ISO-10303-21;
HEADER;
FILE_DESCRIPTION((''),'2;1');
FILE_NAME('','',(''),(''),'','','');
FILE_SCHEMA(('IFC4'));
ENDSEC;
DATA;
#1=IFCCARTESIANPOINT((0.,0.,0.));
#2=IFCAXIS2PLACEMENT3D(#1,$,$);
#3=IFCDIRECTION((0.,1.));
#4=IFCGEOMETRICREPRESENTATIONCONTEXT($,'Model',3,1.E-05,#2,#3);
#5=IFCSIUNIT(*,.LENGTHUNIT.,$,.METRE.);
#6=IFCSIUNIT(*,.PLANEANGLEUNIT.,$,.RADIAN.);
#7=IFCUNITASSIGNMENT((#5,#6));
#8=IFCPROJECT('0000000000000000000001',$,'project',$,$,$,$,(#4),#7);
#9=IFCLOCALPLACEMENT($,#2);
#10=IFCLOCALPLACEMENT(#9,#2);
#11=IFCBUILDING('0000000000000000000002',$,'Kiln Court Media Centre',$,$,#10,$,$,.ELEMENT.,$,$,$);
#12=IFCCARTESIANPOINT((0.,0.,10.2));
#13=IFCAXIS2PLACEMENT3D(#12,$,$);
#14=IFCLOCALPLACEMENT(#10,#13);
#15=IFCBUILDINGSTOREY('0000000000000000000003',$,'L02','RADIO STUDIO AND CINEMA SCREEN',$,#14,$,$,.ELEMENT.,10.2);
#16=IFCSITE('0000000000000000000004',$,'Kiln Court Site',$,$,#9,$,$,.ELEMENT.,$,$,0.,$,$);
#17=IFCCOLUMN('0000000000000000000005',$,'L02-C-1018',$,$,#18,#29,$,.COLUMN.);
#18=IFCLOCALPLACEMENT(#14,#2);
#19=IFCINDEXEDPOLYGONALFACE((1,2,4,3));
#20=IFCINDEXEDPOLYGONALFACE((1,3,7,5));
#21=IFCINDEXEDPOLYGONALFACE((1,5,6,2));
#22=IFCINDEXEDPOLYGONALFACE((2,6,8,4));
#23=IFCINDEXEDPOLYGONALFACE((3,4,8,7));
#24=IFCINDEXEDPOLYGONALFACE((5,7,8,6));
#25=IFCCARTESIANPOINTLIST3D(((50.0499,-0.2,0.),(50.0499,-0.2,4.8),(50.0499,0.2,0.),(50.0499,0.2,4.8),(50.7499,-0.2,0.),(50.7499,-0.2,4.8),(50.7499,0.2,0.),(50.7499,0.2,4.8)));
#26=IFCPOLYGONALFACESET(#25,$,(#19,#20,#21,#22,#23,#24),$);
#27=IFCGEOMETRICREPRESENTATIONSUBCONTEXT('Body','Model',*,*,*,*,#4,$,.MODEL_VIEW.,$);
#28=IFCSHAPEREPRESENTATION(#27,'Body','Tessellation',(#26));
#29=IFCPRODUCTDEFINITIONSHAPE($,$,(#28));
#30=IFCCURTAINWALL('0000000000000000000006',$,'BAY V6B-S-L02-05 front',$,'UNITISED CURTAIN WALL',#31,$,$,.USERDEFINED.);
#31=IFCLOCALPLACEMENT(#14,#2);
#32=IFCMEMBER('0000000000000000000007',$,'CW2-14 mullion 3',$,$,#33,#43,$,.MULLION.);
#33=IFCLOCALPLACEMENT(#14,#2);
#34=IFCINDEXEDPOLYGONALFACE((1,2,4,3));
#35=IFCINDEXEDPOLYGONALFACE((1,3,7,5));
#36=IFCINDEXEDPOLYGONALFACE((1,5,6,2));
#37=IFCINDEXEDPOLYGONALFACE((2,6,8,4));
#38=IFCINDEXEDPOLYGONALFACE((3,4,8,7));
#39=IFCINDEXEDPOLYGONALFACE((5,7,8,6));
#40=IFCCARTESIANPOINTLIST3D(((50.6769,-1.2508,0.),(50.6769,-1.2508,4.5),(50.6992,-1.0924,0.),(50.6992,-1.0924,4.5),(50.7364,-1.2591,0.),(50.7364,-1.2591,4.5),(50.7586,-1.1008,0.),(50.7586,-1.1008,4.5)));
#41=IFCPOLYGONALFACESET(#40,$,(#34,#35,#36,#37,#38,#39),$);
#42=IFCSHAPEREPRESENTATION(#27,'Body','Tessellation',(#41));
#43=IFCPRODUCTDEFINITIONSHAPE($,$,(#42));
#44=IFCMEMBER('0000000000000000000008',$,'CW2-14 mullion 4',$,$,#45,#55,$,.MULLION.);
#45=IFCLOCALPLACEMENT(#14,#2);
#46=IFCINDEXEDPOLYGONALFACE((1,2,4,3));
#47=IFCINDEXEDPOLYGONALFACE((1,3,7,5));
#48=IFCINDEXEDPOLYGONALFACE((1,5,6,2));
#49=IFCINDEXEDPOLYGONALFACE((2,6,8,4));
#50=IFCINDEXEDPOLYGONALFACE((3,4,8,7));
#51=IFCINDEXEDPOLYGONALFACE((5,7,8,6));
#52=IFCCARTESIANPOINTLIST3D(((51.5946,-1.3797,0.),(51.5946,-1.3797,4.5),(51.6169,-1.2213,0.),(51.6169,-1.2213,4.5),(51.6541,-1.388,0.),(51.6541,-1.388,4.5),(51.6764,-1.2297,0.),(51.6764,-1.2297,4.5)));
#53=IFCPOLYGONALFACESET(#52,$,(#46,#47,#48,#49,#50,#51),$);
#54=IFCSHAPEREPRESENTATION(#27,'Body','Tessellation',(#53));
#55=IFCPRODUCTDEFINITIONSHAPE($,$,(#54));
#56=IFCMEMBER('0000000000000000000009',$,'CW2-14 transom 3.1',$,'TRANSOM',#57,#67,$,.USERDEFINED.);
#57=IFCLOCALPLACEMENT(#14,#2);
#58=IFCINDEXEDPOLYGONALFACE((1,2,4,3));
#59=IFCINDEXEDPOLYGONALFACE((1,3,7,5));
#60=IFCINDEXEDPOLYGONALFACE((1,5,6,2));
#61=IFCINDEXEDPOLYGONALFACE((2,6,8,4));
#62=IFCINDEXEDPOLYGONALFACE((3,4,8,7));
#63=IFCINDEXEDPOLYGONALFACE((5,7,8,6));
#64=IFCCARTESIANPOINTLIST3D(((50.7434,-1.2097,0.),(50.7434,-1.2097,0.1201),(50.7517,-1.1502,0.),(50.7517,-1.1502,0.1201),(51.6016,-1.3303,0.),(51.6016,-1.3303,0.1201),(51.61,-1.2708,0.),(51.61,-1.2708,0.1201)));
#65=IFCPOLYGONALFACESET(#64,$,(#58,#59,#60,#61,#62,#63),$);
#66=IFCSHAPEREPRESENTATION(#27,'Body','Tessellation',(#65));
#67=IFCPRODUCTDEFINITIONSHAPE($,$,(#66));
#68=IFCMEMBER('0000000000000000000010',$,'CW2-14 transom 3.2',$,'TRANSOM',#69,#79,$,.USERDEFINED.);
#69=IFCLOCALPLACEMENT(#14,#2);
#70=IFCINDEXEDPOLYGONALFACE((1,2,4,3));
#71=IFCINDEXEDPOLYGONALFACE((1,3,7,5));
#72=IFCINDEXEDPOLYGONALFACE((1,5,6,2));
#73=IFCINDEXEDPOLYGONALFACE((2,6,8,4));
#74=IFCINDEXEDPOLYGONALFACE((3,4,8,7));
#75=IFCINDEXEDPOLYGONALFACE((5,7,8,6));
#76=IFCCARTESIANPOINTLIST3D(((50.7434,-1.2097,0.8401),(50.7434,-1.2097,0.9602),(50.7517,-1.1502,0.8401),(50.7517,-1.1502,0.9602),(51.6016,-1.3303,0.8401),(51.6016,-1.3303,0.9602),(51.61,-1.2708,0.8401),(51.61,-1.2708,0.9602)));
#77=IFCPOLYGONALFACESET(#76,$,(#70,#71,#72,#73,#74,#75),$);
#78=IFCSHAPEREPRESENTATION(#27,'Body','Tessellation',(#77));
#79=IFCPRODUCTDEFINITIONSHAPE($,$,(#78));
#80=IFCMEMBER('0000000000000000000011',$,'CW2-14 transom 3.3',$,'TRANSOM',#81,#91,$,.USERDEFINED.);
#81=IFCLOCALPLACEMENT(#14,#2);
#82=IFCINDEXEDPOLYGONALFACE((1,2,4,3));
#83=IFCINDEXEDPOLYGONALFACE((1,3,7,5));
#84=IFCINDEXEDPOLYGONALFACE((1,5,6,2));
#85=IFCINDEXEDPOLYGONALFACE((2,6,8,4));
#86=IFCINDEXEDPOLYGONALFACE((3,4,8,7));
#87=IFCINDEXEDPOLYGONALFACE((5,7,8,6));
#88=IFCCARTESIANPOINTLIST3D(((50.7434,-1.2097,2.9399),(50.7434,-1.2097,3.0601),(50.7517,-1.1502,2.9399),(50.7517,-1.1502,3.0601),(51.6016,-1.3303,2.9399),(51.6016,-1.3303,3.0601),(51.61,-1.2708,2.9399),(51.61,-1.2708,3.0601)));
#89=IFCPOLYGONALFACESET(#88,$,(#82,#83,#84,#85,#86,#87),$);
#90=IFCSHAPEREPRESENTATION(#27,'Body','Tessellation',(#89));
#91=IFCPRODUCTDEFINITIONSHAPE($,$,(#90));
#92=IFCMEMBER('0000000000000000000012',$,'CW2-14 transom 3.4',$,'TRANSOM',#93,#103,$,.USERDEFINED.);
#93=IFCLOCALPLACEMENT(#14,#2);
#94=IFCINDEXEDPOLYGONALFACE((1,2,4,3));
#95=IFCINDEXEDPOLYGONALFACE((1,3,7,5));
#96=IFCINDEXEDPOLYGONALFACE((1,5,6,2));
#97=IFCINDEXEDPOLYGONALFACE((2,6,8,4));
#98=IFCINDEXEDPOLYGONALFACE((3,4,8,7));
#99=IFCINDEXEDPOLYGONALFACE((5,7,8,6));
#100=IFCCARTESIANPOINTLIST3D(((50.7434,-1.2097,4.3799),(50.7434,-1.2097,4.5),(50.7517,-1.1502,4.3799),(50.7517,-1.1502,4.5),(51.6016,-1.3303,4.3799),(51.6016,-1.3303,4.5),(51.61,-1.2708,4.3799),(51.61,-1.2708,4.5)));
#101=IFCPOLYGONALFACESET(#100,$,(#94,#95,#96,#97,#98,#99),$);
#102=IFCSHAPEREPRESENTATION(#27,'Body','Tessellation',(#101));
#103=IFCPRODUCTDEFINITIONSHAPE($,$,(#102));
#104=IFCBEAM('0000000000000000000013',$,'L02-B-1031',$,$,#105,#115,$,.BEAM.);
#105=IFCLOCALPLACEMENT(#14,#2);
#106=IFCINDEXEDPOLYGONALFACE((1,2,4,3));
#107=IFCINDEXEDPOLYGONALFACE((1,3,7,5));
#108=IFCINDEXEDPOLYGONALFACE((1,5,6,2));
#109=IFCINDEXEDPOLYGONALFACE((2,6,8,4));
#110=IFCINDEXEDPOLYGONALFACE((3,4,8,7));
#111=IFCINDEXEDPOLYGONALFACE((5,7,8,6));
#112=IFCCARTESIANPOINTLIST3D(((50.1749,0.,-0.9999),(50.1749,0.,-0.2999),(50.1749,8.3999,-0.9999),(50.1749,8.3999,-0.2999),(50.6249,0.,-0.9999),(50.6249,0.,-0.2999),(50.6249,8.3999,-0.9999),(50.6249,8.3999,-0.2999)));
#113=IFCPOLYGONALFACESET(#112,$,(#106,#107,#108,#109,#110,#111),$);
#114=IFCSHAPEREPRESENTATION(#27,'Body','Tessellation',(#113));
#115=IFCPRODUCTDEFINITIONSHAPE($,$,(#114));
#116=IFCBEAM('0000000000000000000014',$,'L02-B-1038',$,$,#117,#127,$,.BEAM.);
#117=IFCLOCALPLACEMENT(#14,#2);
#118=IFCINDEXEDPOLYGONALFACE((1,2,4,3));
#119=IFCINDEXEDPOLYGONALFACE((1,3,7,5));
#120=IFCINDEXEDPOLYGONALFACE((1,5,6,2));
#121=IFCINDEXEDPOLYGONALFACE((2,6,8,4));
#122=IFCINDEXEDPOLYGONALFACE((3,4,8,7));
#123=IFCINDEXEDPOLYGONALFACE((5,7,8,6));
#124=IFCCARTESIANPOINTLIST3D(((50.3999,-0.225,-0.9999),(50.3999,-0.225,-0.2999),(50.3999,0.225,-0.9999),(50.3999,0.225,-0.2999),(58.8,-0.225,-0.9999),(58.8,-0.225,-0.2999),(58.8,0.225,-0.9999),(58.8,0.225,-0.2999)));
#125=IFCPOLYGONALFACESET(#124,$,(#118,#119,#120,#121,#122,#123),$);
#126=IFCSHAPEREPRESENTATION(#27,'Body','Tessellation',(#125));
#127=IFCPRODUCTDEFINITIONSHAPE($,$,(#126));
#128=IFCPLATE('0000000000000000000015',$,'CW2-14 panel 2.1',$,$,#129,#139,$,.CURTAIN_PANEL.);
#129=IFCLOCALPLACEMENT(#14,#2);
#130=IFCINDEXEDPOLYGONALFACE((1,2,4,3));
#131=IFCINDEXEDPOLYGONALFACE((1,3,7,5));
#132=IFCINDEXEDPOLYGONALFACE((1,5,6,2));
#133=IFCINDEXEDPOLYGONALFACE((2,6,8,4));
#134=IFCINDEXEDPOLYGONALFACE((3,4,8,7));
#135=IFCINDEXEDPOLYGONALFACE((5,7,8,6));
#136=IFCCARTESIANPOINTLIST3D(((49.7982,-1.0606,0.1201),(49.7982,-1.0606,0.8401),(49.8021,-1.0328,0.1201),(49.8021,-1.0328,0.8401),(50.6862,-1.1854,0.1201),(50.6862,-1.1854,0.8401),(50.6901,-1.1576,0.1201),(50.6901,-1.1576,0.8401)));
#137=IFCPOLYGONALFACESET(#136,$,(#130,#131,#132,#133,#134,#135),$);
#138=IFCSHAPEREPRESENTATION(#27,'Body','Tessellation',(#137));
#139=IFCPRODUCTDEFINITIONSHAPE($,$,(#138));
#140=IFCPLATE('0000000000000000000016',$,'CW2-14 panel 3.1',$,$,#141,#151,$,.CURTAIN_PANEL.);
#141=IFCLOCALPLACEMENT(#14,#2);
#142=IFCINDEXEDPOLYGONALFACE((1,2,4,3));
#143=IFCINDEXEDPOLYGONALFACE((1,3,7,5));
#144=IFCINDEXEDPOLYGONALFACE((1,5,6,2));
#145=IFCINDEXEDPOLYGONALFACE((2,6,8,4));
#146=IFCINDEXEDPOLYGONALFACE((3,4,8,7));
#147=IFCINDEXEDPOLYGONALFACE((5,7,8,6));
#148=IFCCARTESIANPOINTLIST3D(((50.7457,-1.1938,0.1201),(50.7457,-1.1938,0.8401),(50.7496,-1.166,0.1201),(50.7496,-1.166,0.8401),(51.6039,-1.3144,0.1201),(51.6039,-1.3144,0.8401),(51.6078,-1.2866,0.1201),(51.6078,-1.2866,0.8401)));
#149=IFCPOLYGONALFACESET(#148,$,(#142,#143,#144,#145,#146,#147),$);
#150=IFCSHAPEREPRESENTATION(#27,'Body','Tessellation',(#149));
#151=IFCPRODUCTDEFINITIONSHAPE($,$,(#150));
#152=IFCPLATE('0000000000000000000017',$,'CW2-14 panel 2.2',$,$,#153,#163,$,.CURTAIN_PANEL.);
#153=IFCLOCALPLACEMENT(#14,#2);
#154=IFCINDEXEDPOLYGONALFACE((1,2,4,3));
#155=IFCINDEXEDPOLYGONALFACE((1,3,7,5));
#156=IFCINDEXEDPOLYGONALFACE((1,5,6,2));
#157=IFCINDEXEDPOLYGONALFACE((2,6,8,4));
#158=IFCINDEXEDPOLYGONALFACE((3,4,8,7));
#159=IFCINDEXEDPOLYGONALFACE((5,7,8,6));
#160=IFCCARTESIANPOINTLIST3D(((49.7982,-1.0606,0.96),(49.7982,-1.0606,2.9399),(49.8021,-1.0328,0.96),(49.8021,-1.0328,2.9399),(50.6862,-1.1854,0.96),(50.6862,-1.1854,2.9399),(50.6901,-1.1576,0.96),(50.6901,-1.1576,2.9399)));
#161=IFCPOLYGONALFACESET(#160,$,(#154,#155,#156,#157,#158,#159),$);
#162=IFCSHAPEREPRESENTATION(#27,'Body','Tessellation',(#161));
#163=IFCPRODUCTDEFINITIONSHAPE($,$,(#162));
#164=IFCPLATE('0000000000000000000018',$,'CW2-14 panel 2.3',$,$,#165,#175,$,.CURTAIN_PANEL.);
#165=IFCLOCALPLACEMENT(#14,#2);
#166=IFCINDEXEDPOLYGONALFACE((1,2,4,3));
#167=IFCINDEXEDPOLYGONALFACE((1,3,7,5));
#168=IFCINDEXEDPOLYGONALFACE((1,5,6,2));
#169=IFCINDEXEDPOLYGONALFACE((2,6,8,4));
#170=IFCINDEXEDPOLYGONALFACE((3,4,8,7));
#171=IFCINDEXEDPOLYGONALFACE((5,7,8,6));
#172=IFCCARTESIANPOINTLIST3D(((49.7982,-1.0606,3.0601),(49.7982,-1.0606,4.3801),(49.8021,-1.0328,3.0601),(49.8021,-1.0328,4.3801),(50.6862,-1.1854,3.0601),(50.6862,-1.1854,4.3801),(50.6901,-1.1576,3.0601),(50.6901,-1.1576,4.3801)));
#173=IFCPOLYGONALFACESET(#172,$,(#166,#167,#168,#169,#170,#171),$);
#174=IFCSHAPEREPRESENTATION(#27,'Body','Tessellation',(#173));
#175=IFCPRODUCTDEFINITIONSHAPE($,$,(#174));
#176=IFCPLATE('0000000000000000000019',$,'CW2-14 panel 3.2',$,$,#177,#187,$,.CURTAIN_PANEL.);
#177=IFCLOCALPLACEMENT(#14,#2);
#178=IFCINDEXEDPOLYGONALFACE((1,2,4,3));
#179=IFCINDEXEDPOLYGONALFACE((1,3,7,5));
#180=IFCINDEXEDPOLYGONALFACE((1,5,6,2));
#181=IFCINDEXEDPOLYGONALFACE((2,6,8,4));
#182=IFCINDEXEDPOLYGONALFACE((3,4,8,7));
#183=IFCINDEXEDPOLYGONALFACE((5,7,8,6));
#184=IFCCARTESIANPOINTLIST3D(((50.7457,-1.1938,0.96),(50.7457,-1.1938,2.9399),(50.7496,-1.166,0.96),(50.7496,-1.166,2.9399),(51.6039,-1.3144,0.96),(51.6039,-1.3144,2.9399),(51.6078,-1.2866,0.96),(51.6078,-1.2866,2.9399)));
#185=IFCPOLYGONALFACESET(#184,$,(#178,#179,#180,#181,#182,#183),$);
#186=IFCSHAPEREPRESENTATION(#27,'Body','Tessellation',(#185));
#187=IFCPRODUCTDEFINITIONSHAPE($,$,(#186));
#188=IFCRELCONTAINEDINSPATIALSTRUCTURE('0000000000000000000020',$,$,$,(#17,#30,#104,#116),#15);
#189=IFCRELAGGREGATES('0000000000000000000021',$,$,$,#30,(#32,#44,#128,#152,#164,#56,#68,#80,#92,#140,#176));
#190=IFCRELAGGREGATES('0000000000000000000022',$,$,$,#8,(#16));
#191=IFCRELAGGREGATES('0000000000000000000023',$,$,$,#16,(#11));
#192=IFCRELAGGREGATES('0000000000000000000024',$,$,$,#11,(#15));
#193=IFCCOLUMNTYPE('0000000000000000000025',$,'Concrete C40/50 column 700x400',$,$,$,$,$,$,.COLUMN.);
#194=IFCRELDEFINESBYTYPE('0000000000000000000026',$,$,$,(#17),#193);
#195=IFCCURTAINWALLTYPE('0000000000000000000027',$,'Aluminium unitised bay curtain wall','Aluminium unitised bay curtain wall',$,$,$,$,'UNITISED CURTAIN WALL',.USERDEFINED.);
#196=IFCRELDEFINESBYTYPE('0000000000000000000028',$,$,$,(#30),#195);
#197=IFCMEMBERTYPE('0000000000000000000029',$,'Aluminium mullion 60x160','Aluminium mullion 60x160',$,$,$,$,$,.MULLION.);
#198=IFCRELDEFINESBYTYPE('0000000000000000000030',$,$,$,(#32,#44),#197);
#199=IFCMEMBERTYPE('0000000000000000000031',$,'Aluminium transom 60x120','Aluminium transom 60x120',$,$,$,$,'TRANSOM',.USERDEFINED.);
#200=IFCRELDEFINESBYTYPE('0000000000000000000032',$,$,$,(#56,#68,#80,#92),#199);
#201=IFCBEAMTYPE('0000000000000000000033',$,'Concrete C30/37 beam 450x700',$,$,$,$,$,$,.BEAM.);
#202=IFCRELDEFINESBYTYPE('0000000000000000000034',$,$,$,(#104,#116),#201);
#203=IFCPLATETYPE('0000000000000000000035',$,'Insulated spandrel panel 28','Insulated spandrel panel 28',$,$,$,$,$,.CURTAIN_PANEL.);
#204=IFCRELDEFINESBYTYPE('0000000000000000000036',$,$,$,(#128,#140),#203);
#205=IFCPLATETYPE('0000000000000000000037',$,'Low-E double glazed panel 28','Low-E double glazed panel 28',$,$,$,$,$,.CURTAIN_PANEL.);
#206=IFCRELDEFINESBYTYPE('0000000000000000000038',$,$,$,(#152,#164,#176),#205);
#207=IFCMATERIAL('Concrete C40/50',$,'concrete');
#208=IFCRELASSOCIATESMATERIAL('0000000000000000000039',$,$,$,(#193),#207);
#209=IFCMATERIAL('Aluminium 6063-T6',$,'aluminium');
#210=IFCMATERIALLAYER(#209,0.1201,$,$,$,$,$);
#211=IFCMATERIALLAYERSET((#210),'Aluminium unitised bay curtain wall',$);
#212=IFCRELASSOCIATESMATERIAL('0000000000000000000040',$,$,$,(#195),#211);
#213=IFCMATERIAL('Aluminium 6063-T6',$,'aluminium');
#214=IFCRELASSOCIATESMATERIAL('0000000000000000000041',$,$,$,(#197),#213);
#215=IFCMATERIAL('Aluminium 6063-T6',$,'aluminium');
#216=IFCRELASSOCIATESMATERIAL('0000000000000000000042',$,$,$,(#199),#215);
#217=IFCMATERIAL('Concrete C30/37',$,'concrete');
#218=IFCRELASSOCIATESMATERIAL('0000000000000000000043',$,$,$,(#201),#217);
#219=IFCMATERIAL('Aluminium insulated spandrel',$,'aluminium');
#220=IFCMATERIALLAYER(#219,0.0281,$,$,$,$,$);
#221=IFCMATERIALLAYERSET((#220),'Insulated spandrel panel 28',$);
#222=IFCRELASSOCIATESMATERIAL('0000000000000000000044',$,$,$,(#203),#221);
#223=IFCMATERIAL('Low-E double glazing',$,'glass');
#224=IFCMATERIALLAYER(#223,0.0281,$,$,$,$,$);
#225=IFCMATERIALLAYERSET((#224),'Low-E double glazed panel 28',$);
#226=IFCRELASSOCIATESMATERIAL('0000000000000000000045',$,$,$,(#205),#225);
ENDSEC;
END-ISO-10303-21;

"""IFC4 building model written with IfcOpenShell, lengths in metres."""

from ifc_helpers import new_model, si_unit, direction, frame, origin, origin_2d, place, context, subcontext, project, spatial, rectangle, extrude, material, layer, layer_set, material_profile, profile_set, type_object, element, aggregate, save


model = new_model("IFC4")

# Units and contexts
model_context = context("Model", 3, precision=1e-05, world=origin(), true_north=direction((0.0, 1.0)))
body_context = subcontext(model_context, "Body", "Model", "MODEL_VIEW")
ifc_project = project(units=[si_unit("LENGTHUNIT", "METRE"), si_unit("PLANEANGLEUNIT", "RADIAN")], contexts=[model_context])

# Site, building, storey
site_placement = place(None, origin())
site = spatial("IfcSite", under=ifc_project, at=site_placement, Name="Kiln Court Site", CompositionType="ELEMENT", RefElevation=0.0)
building_placement = place(site_placement, origin())
building = spatial("IfcBuilding", under=site, at=building_placement, Name="Kiln Court Media Centre", CompositionType="ELEMENT")
storey_placement = place(building_placement, frame((0.0, 0.0, 10.2)))
storey = spatial("IfcBuildingStorey", under=building, at=storey_placement, Name="L02", Description="RADIO STUDIO AND CINEMA SCREEN", CompositionType="ELEMENT", Elevation=10.2)

# Column
ifc_material_1 = material(Name="Concrete C40/50", Category="concrete")
ifc_material_profile_1 = material_profile(ifc_material_1, rectangle(XDim=0.7, YDim=0.3999, at=origin_2d()), Name="RC 700x400")
ifc_profile_set_1 = profile_set([ifc_material_profile_1], Name="Concrete C40/50")
column_type = type_object("IfcColumnType", Name="Concrete C40/50 column 700x400", PredefinedType="COLUMN", material=ifc_profile_set_1)
column_placement = place(storey_placement, frame((50.3999, 0.0, 0.0), z_axis=(0.0, 0.0, 1.0), x_axis=(1.0, 0.0, 0.0)))
element("IfcColumn", 1, at=column_placement, inside=storey, type_object=column_type, Name="L02-C-1018", PredefinedType="COLUMN", context=body_context, shape_type="SweptSolid", body=[
    extrude(rectangle(XDim=0.7, YDim=0.3999, at=origin_2d()), origin(), (0.0, 0.0, 1.0), 4.8),
])

# Curtain wall, members
ifc_material_2 = material(Name="Aluminium 6063-T6", Category="aluminium")
ifc_layer_1 = layer(ifc_material_2, 0.1201)
ifc_layer_set_1 = layer_set([ifc_layer_1], Name="Aluminium unitised bay curtain wall")
curtain_wall_type = type_object("IfcCurtainWallType", Name="Aluminium unitised bay curtain wall", Description="Aluminium unitised bay curtain wall", ElementType="UNITISED CURTAIN WALL", PredefinedType="USERDEFINED", material=ifc_layer_set_1)
curtain_wall_placement = place(storey_placement, origin())
curtain_wall = element("IfcCurtainWall", 2, at=curtain_wall_placement, inside=storey, type_object=curtain_wall_type, Name="BAY V6B-S-L02-05 front", ObjectType="UNITISED CURTAIN WALL", PredefinedType="USERDEFINED")
ifc_material_3 = material(Name="Aluminium 6063-T6", Category="aluminium")
ifc_material_profile_2 = material_profile(ifc_material_3, rectangle(XDim=0.0601, YDim=0.1599, at=origin_2d()), Name="Aluminium mullion 60x160")
ifc_profile_set_2 = profile_set([ifc_material_profile_2], Name="Aluminium 6063-T6")
member_type_1 = type_object("IfcMemberType", Name="Aluminium mullion 60x160", Description="Aluminium mullion 60x160", PredefinedType="MULLION", material=ifc_profile_set_2)
member_1_placement = place(storey_placement, frame((50.7178, -1.1758, 0.0), z_axis=(0.0, 0.0, 1.0), x_axis=(0.99027, -0.139162, 0.0)))
member_1 = element("IfcMember", 3, at=member_1_placement, type_object=member_type_1, Name="CW2-14 mullion 3", PredefinedType="MULLION", context=body_context, shape_type="SweptSolid", body=[
    extrude(rectangle(XDim=0.0601, YDim=0.1599, at=origin_2d()), origin(), (0.0, 0.0, 1.0), 4.5),
])
member_2_placement = place(storey_placement, frame((51.6355, -1.3047, 0.0), z_axis=(0.0, 0.0, 1.0), x_axis=(0.99027, -0.139162, 0.0)))
member_2 = element("IfcMember", 4, at=member_2_placement, type_object=member_type_1, Name="CW2-14 mullion 4", PredefinedType="MULLION", context=body_context, shape_type="SweptSolid", body=[
    extrude(rectangle(XDim=0.0601, YDim=0.1599, at=origin_2d()), origin(), (0.0, 0.0, 1.0), 4.5),
])
ifc_material_4 = material(Name="Aluminium 6063-T6", Category="aluminium")
ifc_material_profile_3 = material_profile(ifc_material_4, rectangle(XDim=0.0601, YDim=0.1201, at=origin_2d()), Name="Aluminium transom 60x120")
ifc_profile_set_3 = profile_set([ifc_material_profile_3], Name="Aluminium 6063-T6")
member_type_2 = type_object("IfcMemberType", Name="Aluminium transom 60x120", Description="Aluminium transom 60x120", ElementType="TRANSOM", PredefinedType="USERDEFINED", material=ifc_profile_set_3)
member_3_placement = place(storey_placement, frame((50.7476, -1.1799, 0.0601), z_axis=(0.990268, -0.139173, 0.0), x_axis=(0.139173, 0.990268, 0.0)))
member_3 = element("IfcMember", 5, at=member_3_placement, type_object=member_type_2, Name="CW2-14 transom 3.1", ObjectType="TRANSOM", PredefinedType="USERDEFINED", context=body_context, shape_type="SweptSolid", body=[
    extrude(rectangle(XDim=0.0601, YDim=0.1201, at=origin_2d()), origin(), (0.0, 0.0, 1.0), 0.8667),
])
member_4_placement = place(storey_placement, frame((50.7476, -1.1799, 0.9001), z_axis=(0.990268, -0.139173, 0.0), x_axis=(0.139173, 0.990268, 0.0)))
member_4 = element("IfcMember", 6, at=member_4_placement, type_object=member_type_2, Name="CW2-14 transom 3.2", ObjectType="TRANSOM", PredefinedType="USERDEFINED", context=body_context, shape_type="SweptSolid", body=[
    extrude(rectangle(XDim=0.0601, YDim=0.1201, at=origin_2d()), origin(), (0.0, 0.0, 1.0), 0.8667),
])
member_5_placement = place(storey_placement, frame((50.7476, -1.1799, 3.0), z_axis=(0.990268, -0.139173, 0.0), x_axis=(0.139173, 0.990268, 0.0)))
member_5 = element("IfcMember", 7, at=member_5_placement, type_object=member_type_2, Name="CW2-14 transom 3.3", ObjectType="TRANSOM", PredefinedType="USERDEFINED", context=body_context, shape_type="SweptSolid", body=[
    extrude(rectangle(XDim=0.0601, YDim=0.1201, at=origin_2d()), origin(), (0.0, 0.0, 1.0), 0.8667),
])
member_6_placement = place(storey_placement, frame((50.7476, -1.1799, 4.4399), z_axis=(0.990268, -0.139173, 0.0), x_axis=(0.139173, 0.990268, 0.0)))
member_6 = element("IfcMember", 8, at=member_6_placement, type_object=member_type_2, Name="CW2-14 transom 3.4", ObjectType="TRANSOM", PredefinedType="USERDEFINED", context=body_context, shape_type="SweptSolid", body=[
    extrude(rectangle(XDim=0.0601, YDim=0.1201, at=origin_2d()), origin(), (0.0, 0.0, 1.0), 0.8667),
])

# Beams
ifc_material_5 = material(Name="Concrete C30/37", Category="concrete")
ifc_material_profile_4 = material_profile(ifc_material_5, rectangle(XDim=0.45, YDim=0.7, at=origin_2d()), Name="RC 450x700")
ifc_profile_set_4 = profile_set([ifc_material_profile_4], Name="Concrete C30/37")
beam_type = type_object("IfcBeamType", Name="Concrete C30/37 beam 450x700", PredefinedType="BEAM", material=ifc_profile_set_4)
beam_1_placement = place(storey_placement, frame((50.3999, 0.0, -0.6499), z_axis=(0.0, 1.0, 0.0), x_axis=(-1.0, 0.0, 0.0)))
element("IfcBeam", 9, at=beam_1_placement, inside=storey, type_object=beam_type, Name="L02-B-1031", PredefinedType="BEAM", context=body_context, shape_type="SweptSolid", body=[
    extrude(rectangle(XDim=0.45, YDim=0.7, at=origin_2d()), origin(), (0.0, 0.0, 1.0), 8.3999),
])
beam_2_placement = place(storey_placement, frame((50.3999, 0.0, -0.6499), z_axis=(1.0, 0.0, 0.0), x_axis=(0.0, 1.0, 0.0)))
element("IfcBeam", 10, at=beam_2_placement, inside=storey, type_object=beam_type, Name="L02-B-1038", PredefinedType="BEAM", context=body_context, shape_type="SweptSolid", body=[
    extrude(rectangle(XDim=0.45, YDim=0.7, at=origin_2d()), origin(), (0.0, 0.0, 1.0), 8.4001),
])

# Plates
ifc_material_6 = material(Name="Aluminium insulated spandrel", Category="aluminium")
ifc_layer_2 = layer(ifc_material_6, 0.0281)
ifc_layer_set_2 = layer_set([ifc_layer_2], Name="Insulated spandrel panel 28")
plate_type_1 = type_object("IfcPlateType", Name="Insulated spandrel panel 28", Description="Insulated spandrel panel 28", PredefinedType="CURTAIN_PANEL", material=ifc_layer_set_2)
plate_1_placement = place(storey_placement, frame((50.2441, -1.1091, 0.1201), z_axis=(0.0, 0.0, 1.0), x_axis=(0.99027, -0.139162, 0.0)))
plate_1 = element("IfcPlate", 11, at=plate_1_placement, type_object=plate_type_1, Name="CW2-14 panel 2.1", PredefinedType="CURTAIN_PANEL", context=body_context, shape_type="SweptSolid", body=[
    extrude(rectangle(XDim=0.8967, YDim=0.0281, at=origin_2d()), origin(), (0.0, 0.0, 1.0), 0.72),
])
plate_2_placement = place(storey_placement, frame((51.1768, -1.2402, 0.1201), z_axis=(0.0, 0.0, 1.0), x_axis=(0.99027, -0.139162, 0.0)))
plate_2 = element("IfcPlate", 12, at=plate_2_placement, type_object=plate_type_1, Name="CW2-14 panel 3.1", PredefinedType="CURTAIN_PANEL", context=body_context, shape_type="SweptSolid", body=[
    extrude(rectangle(XDim=0.8667, YDim=0.0281, at=origin_2d()), origin(), (0.0, 0.0, 1.0), 0.72),
])
ifc_material_7 = material(Name="Low-E double glazing", Category="glass")
ifc_layer_3 = layer(ifc_material_7, 0.0281)
ifc_layer_set_3 = layer_set([ifc_layer_3], Name="Low-E double glazed panel 28")
plate_type_2 = type_object("IfcPlateType", Name="Low-E double glazed panel 28", Description="Low-E double glazed panel 28", PredefinedType="CURTAIN_PANEL", material=ifc_layer_set_3)
plate_3_placement = place(storey_placement, frame((50.2441, -1.1091, 0.96), z_axis=(0.0, 0.0, 1.0), x_axis=(0.99027, -0.139162, 0.0)))
plate_3 = element("IfcPlate", 13, at=plate_3_placement, type_object=plate_type_2, Name="CW2-14 panel 2.2", PredefinedType="CURTAIN_PANEL", context=body_context, shape_type="SweptSolid", body=[
    extrude(rectangle(XDim=0.8967, YDim=0.0281, at=origin_2d()), origin(), (0.0, 0.0, 1.0), 1.98),
])
plate_4_placement = place(storey_placement, frame((50.2441, -1.1091, 3.0601), z_axis=(0.0, 0.0, 1.0), x_axis=(0.99027, -0.139162, 0.0)))
plate_4 = element("IfcPlate", 14, at=plate_4_placement, type_object=plate_type_2, Name="CW2-14 panel 2.3", PredefinedType="CURTAIN_PANEL", context=body_context, shape_type="SweptSolid", body=[
    extrude(rectangle(XDim=0.8967, YDim=0.0281, at=origin_2d()), origin(), (0.0, 0.0, 1.0), 1.3201),
])
plate_5_placement = place(storey_placement, frame((51.1768, -1.2402, 0.96), z_axis=(0.0, 0.0, 1.0), x_axis=(0.99027, -0.139162, 0.0)))
plate_5 = element("IfcPlate", 15, at=plate_5_placement, type_object=plate_type_2, Name="CW2-14 panel 3.2", PredefinedType="CURTAIN_PANEL", context=body_context, shape_type="SweptSolid", body=[
    extrude(rectangle(XDim=0.8667, YDim=0.0281, at=origin_2d()), origin(), (0.0, 0.0, 1.0), 1.98),
])
aggregate(curtain_wall, [member_1, member_2, plate_1, plate_3, plate_4, member_3, member_4, member_5, member_6, plate_2, plate_5])

save(model, "model.ifc")
